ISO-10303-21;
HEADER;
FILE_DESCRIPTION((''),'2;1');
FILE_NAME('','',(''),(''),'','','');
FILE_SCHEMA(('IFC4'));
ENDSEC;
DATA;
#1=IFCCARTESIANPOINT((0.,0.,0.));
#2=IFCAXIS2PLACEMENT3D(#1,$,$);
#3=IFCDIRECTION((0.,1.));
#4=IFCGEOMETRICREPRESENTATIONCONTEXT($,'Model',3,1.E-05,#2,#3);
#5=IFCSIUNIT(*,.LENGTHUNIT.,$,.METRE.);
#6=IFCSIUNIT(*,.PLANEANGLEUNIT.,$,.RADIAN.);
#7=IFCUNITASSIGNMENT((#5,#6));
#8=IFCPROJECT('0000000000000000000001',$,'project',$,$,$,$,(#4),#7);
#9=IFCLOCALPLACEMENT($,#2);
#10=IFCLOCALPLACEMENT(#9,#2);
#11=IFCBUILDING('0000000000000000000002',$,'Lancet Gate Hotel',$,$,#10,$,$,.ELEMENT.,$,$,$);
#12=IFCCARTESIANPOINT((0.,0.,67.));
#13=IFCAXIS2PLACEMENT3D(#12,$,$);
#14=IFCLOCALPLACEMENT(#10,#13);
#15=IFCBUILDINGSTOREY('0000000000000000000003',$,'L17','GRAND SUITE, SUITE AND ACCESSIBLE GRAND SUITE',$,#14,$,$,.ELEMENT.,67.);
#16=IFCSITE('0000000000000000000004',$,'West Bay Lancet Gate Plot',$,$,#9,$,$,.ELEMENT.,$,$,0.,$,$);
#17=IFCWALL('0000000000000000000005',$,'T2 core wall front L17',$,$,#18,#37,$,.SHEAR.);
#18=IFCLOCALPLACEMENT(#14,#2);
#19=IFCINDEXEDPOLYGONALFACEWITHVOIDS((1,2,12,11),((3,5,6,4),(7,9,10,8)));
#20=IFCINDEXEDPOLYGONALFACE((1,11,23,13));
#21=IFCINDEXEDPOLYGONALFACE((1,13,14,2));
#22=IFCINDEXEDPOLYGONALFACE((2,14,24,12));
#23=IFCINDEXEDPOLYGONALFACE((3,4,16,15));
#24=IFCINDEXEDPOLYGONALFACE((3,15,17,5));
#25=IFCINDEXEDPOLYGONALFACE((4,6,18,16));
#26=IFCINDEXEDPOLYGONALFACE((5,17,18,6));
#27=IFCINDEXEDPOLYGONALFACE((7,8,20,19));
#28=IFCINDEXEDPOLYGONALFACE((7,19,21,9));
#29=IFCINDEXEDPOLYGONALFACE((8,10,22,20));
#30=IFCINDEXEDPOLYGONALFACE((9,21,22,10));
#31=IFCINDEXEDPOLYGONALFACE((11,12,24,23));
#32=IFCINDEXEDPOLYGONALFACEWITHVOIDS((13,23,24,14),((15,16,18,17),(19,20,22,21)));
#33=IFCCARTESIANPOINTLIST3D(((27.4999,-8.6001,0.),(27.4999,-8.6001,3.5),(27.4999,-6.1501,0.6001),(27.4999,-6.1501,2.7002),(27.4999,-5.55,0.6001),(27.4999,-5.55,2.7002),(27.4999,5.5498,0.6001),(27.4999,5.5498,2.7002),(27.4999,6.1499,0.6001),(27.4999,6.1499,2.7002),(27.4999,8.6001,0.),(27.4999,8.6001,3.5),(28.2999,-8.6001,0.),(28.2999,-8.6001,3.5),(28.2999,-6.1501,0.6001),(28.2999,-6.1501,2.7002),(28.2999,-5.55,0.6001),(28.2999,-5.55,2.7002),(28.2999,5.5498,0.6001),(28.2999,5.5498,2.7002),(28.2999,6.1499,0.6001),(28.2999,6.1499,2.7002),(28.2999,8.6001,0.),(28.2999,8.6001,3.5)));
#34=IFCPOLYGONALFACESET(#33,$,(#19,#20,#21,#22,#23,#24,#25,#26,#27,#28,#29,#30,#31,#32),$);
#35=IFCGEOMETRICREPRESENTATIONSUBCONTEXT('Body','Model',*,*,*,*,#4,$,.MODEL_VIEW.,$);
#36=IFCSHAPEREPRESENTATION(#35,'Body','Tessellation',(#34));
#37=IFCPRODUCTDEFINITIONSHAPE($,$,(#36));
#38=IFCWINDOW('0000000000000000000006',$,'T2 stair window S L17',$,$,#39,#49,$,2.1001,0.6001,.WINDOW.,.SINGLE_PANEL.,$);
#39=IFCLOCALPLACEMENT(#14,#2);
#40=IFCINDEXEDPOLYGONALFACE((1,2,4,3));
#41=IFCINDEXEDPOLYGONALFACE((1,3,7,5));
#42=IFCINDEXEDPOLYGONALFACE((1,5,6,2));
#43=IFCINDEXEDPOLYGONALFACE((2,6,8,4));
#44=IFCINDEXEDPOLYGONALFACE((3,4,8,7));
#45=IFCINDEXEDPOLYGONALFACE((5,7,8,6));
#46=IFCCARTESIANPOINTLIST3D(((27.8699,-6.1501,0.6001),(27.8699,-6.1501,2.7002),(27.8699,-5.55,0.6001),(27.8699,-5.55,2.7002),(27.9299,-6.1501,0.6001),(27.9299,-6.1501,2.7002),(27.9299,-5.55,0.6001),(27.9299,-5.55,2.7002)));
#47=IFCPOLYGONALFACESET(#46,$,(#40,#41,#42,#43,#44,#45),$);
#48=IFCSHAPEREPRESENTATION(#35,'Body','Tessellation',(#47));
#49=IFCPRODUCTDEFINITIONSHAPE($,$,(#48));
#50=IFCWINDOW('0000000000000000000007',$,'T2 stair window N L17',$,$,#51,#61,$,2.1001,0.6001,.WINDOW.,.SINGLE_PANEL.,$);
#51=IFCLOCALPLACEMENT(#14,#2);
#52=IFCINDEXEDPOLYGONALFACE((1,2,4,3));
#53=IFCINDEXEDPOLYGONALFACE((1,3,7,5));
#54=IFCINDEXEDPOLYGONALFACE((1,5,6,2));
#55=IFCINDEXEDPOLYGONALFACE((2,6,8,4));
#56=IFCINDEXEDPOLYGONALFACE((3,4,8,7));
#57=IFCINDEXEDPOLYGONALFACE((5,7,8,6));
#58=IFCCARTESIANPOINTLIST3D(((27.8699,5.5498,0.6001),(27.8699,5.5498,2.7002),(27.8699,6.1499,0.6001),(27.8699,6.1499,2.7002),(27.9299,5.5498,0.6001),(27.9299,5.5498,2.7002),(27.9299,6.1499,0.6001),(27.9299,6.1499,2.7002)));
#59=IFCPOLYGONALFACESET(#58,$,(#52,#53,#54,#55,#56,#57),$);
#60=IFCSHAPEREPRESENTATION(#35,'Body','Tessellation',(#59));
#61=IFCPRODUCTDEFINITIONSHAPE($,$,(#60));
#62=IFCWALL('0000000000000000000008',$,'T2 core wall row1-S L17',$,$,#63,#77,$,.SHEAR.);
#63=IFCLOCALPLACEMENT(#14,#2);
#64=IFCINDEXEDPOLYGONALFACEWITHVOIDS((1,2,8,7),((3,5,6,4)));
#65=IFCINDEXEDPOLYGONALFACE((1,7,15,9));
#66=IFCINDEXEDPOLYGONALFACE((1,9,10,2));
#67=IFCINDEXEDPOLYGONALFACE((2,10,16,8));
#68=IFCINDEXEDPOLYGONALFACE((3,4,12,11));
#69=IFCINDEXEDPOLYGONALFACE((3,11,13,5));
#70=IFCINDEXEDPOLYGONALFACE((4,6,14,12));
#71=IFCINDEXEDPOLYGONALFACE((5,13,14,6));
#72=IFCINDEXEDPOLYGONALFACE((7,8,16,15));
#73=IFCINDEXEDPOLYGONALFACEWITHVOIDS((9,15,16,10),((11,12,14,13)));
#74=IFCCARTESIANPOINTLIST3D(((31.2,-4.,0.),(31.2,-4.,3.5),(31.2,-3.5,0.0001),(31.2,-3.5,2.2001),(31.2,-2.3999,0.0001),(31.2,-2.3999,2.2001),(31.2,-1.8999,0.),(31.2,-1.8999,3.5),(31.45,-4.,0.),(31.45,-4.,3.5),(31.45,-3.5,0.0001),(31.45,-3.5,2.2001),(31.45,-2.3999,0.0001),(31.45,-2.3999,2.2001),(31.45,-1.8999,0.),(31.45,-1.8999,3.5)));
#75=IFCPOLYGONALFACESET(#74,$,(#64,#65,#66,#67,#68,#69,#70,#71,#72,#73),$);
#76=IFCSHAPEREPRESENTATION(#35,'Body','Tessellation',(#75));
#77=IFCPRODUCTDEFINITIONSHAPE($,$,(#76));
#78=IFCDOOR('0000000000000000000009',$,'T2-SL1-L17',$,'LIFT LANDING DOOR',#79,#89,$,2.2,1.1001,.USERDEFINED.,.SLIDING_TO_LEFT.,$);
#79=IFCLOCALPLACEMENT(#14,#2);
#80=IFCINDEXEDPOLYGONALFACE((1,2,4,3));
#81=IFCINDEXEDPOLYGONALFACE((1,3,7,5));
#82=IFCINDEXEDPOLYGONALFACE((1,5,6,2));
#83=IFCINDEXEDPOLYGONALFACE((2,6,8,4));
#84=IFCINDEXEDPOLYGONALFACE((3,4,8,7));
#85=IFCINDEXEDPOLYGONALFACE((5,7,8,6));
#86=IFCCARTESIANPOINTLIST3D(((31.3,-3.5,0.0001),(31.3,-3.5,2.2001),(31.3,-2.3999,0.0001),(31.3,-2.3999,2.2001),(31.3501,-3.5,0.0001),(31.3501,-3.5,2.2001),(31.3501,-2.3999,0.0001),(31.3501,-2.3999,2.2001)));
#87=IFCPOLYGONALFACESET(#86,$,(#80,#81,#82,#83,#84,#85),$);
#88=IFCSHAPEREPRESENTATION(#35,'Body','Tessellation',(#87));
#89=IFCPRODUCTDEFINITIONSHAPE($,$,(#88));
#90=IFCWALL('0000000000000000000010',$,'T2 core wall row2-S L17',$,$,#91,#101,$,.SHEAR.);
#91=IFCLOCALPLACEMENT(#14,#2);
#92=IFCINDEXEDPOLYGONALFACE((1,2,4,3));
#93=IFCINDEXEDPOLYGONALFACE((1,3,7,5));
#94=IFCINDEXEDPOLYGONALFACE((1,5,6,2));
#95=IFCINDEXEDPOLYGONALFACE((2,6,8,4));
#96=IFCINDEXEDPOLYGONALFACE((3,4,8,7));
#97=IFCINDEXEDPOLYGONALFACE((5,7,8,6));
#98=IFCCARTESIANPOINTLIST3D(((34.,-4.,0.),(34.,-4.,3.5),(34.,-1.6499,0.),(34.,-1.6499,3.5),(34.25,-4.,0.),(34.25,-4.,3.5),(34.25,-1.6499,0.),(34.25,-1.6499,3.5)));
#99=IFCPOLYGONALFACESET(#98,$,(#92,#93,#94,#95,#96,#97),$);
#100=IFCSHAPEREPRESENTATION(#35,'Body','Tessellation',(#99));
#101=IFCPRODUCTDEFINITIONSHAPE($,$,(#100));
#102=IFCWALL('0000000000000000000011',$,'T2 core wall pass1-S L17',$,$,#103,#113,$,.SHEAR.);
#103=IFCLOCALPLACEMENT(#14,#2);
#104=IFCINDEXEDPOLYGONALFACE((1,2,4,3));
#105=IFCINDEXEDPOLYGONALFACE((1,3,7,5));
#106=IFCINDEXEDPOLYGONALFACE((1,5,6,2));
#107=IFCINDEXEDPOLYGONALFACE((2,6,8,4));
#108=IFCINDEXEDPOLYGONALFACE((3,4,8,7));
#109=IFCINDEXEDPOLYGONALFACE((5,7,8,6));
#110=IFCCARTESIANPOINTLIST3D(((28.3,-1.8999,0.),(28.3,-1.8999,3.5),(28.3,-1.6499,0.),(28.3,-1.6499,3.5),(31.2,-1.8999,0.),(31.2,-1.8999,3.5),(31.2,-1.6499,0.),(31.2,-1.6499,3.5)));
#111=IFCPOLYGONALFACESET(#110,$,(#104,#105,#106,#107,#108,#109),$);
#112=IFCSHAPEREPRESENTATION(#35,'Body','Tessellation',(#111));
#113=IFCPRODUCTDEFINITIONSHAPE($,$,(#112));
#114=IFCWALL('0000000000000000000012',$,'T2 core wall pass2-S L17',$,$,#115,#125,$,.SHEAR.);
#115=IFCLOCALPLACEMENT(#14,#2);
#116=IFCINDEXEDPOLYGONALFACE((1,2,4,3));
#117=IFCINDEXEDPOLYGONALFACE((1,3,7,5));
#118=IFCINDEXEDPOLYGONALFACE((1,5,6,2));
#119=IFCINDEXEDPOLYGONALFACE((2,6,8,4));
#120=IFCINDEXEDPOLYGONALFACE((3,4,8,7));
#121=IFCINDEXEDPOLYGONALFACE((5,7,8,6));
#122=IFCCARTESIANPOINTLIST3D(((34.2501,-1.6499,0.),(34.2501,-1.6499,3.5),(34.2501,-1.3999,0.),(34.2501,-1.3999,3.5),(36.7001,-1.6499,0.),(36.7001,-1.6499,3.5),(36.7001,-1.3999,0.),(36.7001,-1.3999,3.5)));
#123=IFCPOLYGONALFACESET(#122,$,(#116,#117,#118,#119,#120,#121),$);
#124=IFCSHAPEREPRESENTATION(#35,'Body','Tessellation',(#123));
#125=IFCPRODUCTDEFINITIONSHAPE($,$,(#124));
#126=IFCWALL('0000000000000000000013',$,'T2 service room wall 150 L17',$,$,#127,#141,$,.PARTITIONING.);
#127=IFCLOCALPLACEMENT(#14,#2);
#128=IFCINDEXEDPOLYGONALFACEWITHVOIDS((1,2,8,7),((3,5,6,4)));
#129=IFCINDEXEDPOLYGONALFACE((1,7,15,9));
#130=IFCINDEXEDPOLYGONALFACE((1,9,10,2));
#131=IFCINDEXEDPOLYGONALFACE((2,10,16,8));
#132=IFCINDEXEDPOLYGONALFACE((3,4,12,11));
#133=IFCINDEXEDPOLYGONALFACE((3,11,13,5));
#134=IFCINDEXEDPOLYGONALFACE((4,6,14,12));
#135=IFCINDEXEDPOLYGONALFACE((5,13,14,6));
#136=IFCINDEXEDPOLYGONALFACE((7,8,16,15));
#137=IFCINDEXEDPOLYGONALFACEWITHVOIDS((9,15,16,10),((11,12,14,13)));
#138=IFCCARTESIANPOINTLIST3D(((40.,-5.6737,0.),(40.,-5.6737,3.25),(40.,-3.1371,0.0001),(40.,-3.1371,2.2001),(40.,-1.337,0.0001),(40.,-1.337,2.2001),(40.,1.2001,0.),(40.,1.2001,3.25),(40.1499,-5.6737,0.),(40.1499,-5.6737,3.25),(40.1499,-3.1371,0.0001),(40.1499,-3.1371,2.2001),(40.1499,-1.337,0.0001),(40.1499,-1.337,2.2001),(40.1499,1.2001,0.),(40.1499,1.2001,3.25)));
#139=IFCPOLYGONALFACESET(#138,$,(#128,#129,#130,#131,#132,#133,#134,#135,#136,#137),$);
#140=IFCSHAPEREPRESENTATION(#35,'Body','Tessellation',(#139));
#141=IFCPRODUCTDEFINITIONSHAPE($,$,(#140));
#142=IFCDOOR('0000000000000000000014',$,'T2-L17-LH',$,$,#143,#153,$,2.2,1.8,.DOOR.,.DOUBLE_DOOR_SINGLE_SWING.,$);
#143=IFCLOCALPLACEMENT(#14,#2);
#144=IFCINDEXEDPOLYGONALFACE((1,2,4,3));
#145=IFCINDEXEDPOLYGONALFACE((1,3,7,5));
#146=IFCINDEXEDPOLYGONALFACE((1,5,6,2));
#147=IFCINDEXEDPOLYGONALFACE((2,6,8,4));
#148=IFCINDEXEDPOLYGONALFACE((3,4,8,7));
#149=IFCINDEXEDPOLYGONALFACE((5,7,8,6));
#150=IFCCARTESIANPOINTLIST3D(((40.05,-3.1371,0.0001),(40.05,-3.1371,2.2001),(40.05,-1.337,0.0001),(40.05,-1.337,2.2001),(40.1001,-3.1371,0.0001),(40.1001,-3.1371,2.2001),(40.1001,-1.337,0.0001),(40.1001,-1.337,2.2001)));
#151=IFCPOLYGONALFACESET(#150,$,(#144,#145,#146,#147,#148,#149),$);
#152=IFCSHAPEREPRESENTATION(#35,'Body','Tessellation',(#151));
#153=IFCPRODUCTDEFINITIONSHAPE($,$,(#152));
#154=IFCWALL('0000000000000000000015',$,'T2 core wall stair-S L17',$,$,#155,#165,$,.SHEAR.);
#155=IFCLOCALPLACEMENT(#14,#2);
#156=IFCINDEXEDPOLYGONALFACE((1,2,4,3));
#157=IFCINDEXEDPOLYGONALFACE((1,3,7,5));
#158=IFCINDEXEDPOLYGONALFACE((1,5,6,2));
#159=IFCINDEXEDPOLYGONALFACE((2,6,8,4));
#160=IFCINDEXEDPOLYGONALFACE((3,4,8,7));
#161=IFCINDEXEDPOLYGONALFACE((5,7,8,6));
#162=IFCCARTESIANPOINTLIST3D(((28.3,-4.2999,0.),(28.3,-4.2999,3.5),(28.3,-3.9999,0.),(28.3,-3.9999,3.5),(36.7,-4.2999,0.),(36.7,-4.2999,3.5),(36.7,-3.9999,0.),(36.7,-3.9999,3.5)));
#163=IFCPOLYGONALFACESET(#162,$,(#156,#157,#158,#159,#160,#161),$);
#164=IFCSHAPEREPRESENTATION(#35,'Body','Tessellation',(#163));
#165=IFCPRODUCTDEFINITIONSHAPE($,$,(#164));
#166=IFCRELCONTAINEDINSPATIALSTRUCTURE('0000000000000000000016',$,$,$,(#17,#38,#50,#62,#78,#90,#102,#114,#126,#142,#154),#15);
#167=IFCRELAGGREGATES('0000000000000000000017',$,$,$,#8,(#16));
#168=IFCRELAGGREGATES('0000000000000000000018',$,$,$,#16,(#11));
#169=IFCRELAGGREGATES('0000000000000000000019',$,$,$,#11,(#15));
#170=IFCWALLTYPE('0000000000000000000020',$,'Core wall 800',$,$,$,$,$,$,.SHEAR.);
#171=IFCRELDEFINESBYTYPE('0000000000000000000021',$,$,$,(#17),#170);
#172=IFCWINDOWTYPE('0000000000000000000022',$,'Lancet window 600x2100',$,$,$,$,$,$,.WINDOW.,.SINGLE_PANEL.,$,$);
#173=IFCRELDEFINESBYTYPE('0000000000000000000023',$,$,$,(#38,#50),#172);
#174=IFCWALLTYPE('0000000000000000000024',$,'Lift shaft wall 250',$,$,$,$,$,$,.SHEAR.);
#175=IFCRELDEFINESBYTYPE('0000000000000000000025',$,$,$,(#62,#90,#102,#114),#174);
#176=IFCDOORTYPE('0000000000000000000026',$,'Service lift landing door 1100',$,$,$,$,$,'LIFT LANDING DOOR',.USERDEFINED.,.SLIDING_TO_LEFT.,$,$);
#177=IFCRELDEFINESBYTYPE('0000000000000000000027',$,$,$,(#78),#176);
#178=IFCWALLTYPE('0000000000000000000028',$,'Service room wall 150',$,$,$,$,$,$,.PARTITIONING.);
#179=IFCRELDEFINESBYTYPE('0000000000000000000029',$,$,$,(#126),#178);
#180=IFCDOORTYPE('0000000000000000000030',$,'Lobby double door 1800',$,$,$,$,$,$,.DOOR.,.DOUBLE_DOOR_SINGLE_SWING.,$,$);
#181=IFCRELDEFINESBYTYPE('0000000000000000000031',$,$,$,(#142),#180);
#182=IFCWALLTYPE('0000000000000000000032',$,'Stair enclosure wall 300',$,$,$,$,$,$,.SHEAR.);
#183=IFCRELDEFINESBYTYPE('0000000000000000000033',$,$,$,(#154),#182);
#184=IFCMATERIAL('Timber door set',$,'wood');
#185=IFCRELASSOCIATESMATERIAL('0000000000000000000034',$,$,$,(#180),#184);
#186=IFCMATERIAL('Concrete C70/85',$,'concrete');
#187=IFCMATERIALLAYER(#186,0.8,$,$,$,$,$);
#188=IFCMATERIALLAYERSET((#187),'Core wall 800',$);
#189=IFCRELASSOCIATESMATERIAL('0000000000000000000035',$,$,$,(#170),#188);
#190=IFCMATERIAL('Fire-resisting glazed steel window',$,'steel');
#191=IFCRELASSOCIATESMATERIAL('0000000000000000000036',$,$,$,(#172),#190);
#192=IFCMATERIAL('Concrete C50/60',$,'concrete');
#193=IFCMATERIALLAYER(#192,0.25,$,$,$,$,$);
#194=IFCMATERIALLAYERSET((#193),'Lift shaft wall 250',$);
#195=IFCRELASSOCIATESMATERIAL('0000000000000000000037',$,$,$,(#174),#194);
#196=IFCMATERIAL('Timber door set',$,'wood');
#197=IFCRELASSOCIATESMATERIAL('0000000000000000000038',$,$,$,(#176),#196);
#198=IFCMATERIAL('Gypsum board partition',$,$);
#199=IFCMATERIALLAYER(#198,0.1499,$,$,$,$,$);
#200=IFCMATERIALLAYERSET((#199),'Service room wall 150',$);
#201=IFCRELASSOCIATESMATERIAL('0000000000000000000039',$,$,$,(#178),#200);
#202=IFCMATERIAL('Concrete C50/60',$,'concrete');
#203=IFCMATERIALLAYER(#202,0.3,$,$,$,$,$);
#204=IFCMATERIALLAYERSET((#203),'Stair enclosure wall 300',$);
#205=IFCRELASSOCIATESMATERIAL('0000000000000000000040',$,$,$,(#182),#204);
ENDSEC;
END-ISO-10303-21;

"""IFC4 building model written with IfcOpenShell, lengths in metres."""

from ifc_helpers import new_model, si_unit, direction, frame, frame_2d, origin, place, context, subcontext, project, spatial, rectangle, extrude, material, layer, layer_set, type_object, element, fill, save


model = new_model("IFC4")

# Units and contexts
model_context = context("Model", 3, precision=1e-05, world=origin(), true_north=direction((0.0, 1.0)))
body_context = subcontext(model_context, "Body", "Model", "MODEL_VIEW")
ifc_project = project(units=[si_unit("LENGTHUNIT", "METRE"), si_unit("PLANEANGLEUNIT", "RADIAN")], contexts=[model_context])

# Site, building, storey
site_placement = place(None, origin())
site = spatial("IfcSite", under=ifc_project, at=site_placement, Name="West Bay Lancet Gate Plot", CompositionType="ELEMENT", RefElevation=0.0)
building_placement = place(site_placement, origin())
building = spatial("IfcBuilding", under=site, at=building_placement, Name="Lancet Gate Hotel", CompositionType="ELEMENT")
storey_placement = place(building_placement, frame((0.0, 0.0, 67.0)))
storey = spatial("IfcBuildingStorey", under=building, at=storey_placement, Name="L17", Description="GRAND SUITE, SUITE AND ACCESSIBLE GRAND SUITE", CompositionType="ELEMENT", Elevation=67.0)

# Shared definitions
ifc_material_1 = material(Name="Timber door set", Category="wood")
door_type_1 = type_object("IfcDoorType", Name="Lobby double door 1800", OperationType="DOUBLE_DOOR_SINGLE_SWING", PredefinedType="DOOR", material=ifc_material_1)

# Wall, openings, windows
ifc_material_2 = material(Name="Concrete C70/85", Category="concrete")
ifc_layer_1 = layer(ifc_material_2, 0.8)
ifc_layer_set_1 = layer_set([ifc_layer_1], Name="Core wall 800")
wall_type_1 = type_object("IfcWallType", Name="Core wall 800", PredefinedType="SHEAR", material=ifc_layer_set_1)
wall_1_placement = place(storey_placement, frame((27.8999, -8.6001, 0.0), z_axis=(0.0, 0.0, 1.0), x_axis=(0.0, 1.0, 0.0)))
wall_1 = element("IfcWall", 1, at=wall_1_placement, inside=storey, type_object=wall_type_1, Name="T2 core wall front L17", PredefinedType="SHEAR", context=body_context, shape_type="SweptSolid", body=[
    extrude(rectangle(XDim=17.2002, YDim=0.8, at=frame_2d((8.6001, 0.0))), origin(), (0.0, 0.0, 1.0), 3.5),
])
opening_1_placement = place(wall_1_placement, frame((2.45, 0.0, 0.6001)))
opening_1 = element("IfcOpeningElement", 2, at=opening_1_placement, cuts=wall_1, PredefinedType="OPENING", context=body_context, shape_type="SweptSolid", body=[
    extrude(rectangle(XDim=0.6001, YDim=2.1001, at=frame_2d((0.3, 1.05))), frame((0.0, 0.4099, 0.0), z_axis=(0.0, -1.0, 0.0), x_axis=(1.0, 0.0, 0.0)), (0.0, 0.0, 1.0), 0.8201),
])
opening_2_placement = place(wall_1_placement, frame((14.1499, 0.0, 0.6001)))
opening_2 = element("IfcOpeningElement", 3, at=opening_2_placement, cuts=wall_1, PredefinedType="OPENING", context=body_context, shape_type="SweptSolid", body=[
    extrude(rectangle(XDim=0.6001, YDim=2.1001, at=frame_2d((0.3, 1.05))), frame((0.0, 0.4099, 0.0), z_axis=(0.0, -1.0, 0.0), x_axis=(1.0, 0.0, 0.0)), (0.0, 0.0, 1.0), 0.8201),
])
ifc_material_3 = material(Name="Fire-resisting glazed steel window", Category="steel")
window_type = type_object("IfcWindowType", Name="Lancet window 600x2100", PartitioningType="SINGLE_PANEL", PredefinedType="WINDOW", material=ifc_material_3)
window_1_placement = place(opening_1_placement, origin())
window_1 = element("IfcWindow", 4, at=window_1_placement, inside=storey, type_object=window_type, Name="T2 stair window S L17", OverallHeight=2.1001, OverallWidth=0.6001, PartitioningType="SINGLE_PANEL", PredefinedType="WINDOW", context=body_context, shape_type="SweptSolid", body=[
    extrude(rectangle(XDim=0.6001, YDim=2.1001, at=frame_2d((0.3, 1.05))), frame((0.0, 0.03, 0.0), z_axis=(0.0, -1.0, 0.0), x_axis=(1.0, 0.0, 0.0)), (0.0, 0.0, 1.0), 0.0601),
])
fill(opening_1, window_1)
window_2_placement = place(opening_2_placement, origin())
window_2 = element("IfcWindow", 5, at=window_2_placement, inside=storey, type_object=window_type, Name="T2 stair window N L17", OverallHeight=2.1001, OverallWidth=0.6001, PartitioningType="SINGLE_PANEL", PredefinedType="WINDOW", context=body_context, shape_type="SweptSolid", body=[
    extrude(rectangle(XDim=0.6001, YDim=2.1001, at=frame_2d((0.3, 1.05))), frame((0.0, 0.03, 0.0), z_axis=(0.0, -1.0, 0.0), x_axis=(1.0, 0.0, 0.0)), (0.0, 0.0, 1.0), 0.0601),
])
fill(opening_2, window_2)

# Wall, opening, door
ifc_material_4 = material(Name="Concrete C50/60", Category="concrete")
ifc_layer_2 = layer(ifc_material_4, 0.25)
ifc_layer_set_2 = layer_set([ifc_layer_2], Name="Lift shaft wall 250")
wall_type_2 = type_object("IfcWallType", Name="Lift shaft wall 250", PredefinedType="SHEAR", material=ifc_layer_set_2)
wall_2_placement = place(storey_placement, frame((31.325, -4.0, 0.0), z_axis=(0.0, 0.0, 1.0), x_axis=(0.0, 1.0, 0.0)))
wall_2 = element("IfcWall", 6, at=wall_2_placement, inside=storey, type_object=wall_type_2, Name="T2 core wall row1-S L17", PredefinedType="SHEAR", context=body_context, shape_type="SweptSolid", body=[
    extrude(rectangle(XDim=2.1001, YDim=0.25, at=frame_2d((1.05, 0.0))), origin(), (0.0, 0.0, 1.0), 3.5),
])
opening_3_placement = place(wall_2_placement, frame((0.5, 0.0, 0.0)))
opening_3 = element("IfcOpeningElement", 7, at=opening_3_placement, cuts=wall_2, PredefinedType="OPENING", context=body_context, shape_type="SweptSolid", body=[
    extrude(rectangle(XDim=1.1001, YDim=2.2, at=frame_2d((0.55, 1.1001))), frame((0.0, 0.135, 0.0), z_axis=(0.0, -1.0, 0.0), x_axis=(1.0, 0.0, 0.0)), (0.0, 0.0, 1.0), 0.27),
])
ifc_material_5 = material(Name="Timber door set", Category="wood")
door_type_2 = type_object("IfcDoorType", Name="Service lift landing door 1100", ElementType="LIFT LANDING DOOR", OperationType="SLIDING_TO_LEFT", PredefinedType="USERDEFINED", material=ifc_material_5)
door_1_placement = place(opening_3_placement, origin())
door_1 = element("IfcDoor", 8, at=door_1_placement, inside=storey, type_object=door_type_2, Name="T2-SL1-L17", ObjectType="LIFT LANDING DOOR", OperationType="SLIDING_TO_LEFT", OverallHeight=2.2, OverallWidth=1.1001, PredefinedType="USERDEFINED", context=body_context, shape_type="SweptSolid", body=[
    extrude(rectangle(XDim=1.1001, YDim=2.2, at=frame_2d((0.55, 1.1001))), frame((0.0, 0.0249, 0.0), z_axis=(0.0, -1.0, 0.0), x_axis=(1.0, 0.0, 0.0)), (0.0, 0.0, 1.0), 0.05),
])
fill(opening_3, door_1)

# Walls
wall_3_placement = place(storey_placement, frame((34.125, -4.0, 0.0), z_axis=(0.0, 0.0, 1.0), x_axis=(0.0, 1.0, 0.0)))
element("IfcWall", 9, at=wall_3_placement, inside=storey, type_object=wall_type_2, Name="T2 core wall row2-S L17", PredefinedType="SHEAR", context=body_context, shape_type="SweptSolid", body=[
    extrude(rectangle(XDim=2.3501, YDim=0.25, at=frame_2d((1.175, 0.0))), origin(), (0.0, 0.0, 1.0), 3.5),
])
wall_4_placement = place(storey_placement, frame((28.3, -1.7749, 0.0), z_axis=(0.0, 0.0, 1.0), x_axis=(1.0, 0.0, 0.0)))
element("IfcWall", 10, at=wall_4_placement, inside=storey, type_object=wall_type_2, Name="T2 core wall pass1-S L17", PredefinedType="SHEAR", context=body_context, shape_type="SweptSolid", body=[
    extrude(rectangle(XDim=2.8999, YDim=0.25, at=frame_2d((1.45, 0.0))), origin(), (0.0, 0.0, 1.0), 3.5),
])
wall_5_placement = place(storey_placement, frame((34.25, -1.5249, 0.0), z_axis=(0.0, 0.0, 1.0), x_axis=(1.0, 0.0, 0.0)))
element("IfcWall", 11, at=wall_5_placement, inside=storey, type_object=wall_type_2, Name="T2 core wall pass2-S L17", PredefinedType="SHEAR", context=body_context, shape_type="SweptSolid", body=[
    extrude(rectangle(XDim=2.45, YDim=0.25, at=frame_2d((1.2251, 0.0))), origin(), (0.0, 0.0, 1.0), 3.5),
])

# Wall, opening, door
ifc_material_6 = material(Name="Gypsum board partition")
ifc_layer_3 = layer(ifc_material_6, 0.1499)
ifc_layer_set_3 = layer_set([ifc_layer_3], Name="Service room wall 150")
wall_type_3 = type_object("IfcWallType", Name="Service room wall 150", PredefinedType="PARTITIONING", material=ifc_layer_set_3)
wall_6_placement = place(storey_placement, frame((40.075, -5.6738, 0.0), z_axis=(0.0, 0.0, 1.0), x_axis=(0.0, 1.0, 0.0)))
wall_6 = element("IfcWall", 12, at=wall_6_placement, inside=storey, type_object=wall_type_3, Name="T2 service room wall 150 L17", PredefinedType="PARTITIONING", context=body_context, shape_type="SweptSolid", body=[
    extrude(rectangle(XDim=6.8738, YDim=0.1499, at=frame_2d((3.437, 0.0))), origin(), (0.0, 0.0, 1.0), 3.25),
])
opening_4_placement = place(wall_6_placement, frame((2.5369, 0.0, 0.0)))
opening_4 = element("IfcOpeningElement", 13, at=opening_4_placement, cuts=wall_6, PredefinedType="OPENING", context=body_context, shape_type="SweptSolid", body=[
    extrude(rectangle(XDim=1.8, YDim=2.2, at=frame_2d((0.8999, 1.1001))), frame((0.0, 0.085, 0.0), z_axis=(0.0, -1.0, 0.0), x_axis=(1.0, 0.0, 0.0)), (0.0, 0.0, 1.0), 0.1699),
])
door_2_placement = place(opening_4_placement, origin())
door_2 = element("IfcDoor", 14, at=door_2_placement, inside=storey, type_object=door_type_1, Name="T2-L17-LH", OperationType="DOUBLE_DOOR_SINGLE_SWING", OverallHeight=2.2, OverallWidth=1.8, PredefinedType="DOOR", context=body_context, shape_type="SweptSolid", body=[
    extrude(rectangle(XDim=1.8, YDim=2.2, at=frame_2d((0.8999, 1.1001))), frame((0.0, 0.0249, 0.0), z_axis=(0.0, -1.0, 0.0), x_axis=(1.0, 0.0, 0.0)), (0.0, 0.0, 1.0), 0.05),
])
fill(opening_4, door_2)

# Wall
ifc_material_7 = material(Name="Concrete C50/60", Category="concrete")
ifc_layer_4 = layer(ifc_material_7, 0.3)
ifc_layer_set_4 = layer_set([ifc_layer_4], Name="Stair enclosure wall 300")
wall_type_4 = type_object("IfcWallType", Name="Stair enclosure wall 300", PredefinedType="SHEAR", material=ifc_layer_set_4)
wall_7_placement = place(storey_placement, frame((28.3, -4.1499, 0.0), z_axis=(0.0, 0.0, 1.0), x_axis=(1.0, 0.0, 0.0)))
element("IfcWall", 15, at=wall_7_placement, inside=storey, type_object=wall_type_4, Name="T2 core wall stair-S L17", PredefinedType="SHEAR", context=body_context, shape_type="SweptSolid", body=[
    extrude(rectangle(XDim=8.3999, YDim=0.3, at=frame_2d((4.2, 0.0))), origin(), (0.0, 0.0, 1.0), 3.5),
])

save(model, "model.ifc")
